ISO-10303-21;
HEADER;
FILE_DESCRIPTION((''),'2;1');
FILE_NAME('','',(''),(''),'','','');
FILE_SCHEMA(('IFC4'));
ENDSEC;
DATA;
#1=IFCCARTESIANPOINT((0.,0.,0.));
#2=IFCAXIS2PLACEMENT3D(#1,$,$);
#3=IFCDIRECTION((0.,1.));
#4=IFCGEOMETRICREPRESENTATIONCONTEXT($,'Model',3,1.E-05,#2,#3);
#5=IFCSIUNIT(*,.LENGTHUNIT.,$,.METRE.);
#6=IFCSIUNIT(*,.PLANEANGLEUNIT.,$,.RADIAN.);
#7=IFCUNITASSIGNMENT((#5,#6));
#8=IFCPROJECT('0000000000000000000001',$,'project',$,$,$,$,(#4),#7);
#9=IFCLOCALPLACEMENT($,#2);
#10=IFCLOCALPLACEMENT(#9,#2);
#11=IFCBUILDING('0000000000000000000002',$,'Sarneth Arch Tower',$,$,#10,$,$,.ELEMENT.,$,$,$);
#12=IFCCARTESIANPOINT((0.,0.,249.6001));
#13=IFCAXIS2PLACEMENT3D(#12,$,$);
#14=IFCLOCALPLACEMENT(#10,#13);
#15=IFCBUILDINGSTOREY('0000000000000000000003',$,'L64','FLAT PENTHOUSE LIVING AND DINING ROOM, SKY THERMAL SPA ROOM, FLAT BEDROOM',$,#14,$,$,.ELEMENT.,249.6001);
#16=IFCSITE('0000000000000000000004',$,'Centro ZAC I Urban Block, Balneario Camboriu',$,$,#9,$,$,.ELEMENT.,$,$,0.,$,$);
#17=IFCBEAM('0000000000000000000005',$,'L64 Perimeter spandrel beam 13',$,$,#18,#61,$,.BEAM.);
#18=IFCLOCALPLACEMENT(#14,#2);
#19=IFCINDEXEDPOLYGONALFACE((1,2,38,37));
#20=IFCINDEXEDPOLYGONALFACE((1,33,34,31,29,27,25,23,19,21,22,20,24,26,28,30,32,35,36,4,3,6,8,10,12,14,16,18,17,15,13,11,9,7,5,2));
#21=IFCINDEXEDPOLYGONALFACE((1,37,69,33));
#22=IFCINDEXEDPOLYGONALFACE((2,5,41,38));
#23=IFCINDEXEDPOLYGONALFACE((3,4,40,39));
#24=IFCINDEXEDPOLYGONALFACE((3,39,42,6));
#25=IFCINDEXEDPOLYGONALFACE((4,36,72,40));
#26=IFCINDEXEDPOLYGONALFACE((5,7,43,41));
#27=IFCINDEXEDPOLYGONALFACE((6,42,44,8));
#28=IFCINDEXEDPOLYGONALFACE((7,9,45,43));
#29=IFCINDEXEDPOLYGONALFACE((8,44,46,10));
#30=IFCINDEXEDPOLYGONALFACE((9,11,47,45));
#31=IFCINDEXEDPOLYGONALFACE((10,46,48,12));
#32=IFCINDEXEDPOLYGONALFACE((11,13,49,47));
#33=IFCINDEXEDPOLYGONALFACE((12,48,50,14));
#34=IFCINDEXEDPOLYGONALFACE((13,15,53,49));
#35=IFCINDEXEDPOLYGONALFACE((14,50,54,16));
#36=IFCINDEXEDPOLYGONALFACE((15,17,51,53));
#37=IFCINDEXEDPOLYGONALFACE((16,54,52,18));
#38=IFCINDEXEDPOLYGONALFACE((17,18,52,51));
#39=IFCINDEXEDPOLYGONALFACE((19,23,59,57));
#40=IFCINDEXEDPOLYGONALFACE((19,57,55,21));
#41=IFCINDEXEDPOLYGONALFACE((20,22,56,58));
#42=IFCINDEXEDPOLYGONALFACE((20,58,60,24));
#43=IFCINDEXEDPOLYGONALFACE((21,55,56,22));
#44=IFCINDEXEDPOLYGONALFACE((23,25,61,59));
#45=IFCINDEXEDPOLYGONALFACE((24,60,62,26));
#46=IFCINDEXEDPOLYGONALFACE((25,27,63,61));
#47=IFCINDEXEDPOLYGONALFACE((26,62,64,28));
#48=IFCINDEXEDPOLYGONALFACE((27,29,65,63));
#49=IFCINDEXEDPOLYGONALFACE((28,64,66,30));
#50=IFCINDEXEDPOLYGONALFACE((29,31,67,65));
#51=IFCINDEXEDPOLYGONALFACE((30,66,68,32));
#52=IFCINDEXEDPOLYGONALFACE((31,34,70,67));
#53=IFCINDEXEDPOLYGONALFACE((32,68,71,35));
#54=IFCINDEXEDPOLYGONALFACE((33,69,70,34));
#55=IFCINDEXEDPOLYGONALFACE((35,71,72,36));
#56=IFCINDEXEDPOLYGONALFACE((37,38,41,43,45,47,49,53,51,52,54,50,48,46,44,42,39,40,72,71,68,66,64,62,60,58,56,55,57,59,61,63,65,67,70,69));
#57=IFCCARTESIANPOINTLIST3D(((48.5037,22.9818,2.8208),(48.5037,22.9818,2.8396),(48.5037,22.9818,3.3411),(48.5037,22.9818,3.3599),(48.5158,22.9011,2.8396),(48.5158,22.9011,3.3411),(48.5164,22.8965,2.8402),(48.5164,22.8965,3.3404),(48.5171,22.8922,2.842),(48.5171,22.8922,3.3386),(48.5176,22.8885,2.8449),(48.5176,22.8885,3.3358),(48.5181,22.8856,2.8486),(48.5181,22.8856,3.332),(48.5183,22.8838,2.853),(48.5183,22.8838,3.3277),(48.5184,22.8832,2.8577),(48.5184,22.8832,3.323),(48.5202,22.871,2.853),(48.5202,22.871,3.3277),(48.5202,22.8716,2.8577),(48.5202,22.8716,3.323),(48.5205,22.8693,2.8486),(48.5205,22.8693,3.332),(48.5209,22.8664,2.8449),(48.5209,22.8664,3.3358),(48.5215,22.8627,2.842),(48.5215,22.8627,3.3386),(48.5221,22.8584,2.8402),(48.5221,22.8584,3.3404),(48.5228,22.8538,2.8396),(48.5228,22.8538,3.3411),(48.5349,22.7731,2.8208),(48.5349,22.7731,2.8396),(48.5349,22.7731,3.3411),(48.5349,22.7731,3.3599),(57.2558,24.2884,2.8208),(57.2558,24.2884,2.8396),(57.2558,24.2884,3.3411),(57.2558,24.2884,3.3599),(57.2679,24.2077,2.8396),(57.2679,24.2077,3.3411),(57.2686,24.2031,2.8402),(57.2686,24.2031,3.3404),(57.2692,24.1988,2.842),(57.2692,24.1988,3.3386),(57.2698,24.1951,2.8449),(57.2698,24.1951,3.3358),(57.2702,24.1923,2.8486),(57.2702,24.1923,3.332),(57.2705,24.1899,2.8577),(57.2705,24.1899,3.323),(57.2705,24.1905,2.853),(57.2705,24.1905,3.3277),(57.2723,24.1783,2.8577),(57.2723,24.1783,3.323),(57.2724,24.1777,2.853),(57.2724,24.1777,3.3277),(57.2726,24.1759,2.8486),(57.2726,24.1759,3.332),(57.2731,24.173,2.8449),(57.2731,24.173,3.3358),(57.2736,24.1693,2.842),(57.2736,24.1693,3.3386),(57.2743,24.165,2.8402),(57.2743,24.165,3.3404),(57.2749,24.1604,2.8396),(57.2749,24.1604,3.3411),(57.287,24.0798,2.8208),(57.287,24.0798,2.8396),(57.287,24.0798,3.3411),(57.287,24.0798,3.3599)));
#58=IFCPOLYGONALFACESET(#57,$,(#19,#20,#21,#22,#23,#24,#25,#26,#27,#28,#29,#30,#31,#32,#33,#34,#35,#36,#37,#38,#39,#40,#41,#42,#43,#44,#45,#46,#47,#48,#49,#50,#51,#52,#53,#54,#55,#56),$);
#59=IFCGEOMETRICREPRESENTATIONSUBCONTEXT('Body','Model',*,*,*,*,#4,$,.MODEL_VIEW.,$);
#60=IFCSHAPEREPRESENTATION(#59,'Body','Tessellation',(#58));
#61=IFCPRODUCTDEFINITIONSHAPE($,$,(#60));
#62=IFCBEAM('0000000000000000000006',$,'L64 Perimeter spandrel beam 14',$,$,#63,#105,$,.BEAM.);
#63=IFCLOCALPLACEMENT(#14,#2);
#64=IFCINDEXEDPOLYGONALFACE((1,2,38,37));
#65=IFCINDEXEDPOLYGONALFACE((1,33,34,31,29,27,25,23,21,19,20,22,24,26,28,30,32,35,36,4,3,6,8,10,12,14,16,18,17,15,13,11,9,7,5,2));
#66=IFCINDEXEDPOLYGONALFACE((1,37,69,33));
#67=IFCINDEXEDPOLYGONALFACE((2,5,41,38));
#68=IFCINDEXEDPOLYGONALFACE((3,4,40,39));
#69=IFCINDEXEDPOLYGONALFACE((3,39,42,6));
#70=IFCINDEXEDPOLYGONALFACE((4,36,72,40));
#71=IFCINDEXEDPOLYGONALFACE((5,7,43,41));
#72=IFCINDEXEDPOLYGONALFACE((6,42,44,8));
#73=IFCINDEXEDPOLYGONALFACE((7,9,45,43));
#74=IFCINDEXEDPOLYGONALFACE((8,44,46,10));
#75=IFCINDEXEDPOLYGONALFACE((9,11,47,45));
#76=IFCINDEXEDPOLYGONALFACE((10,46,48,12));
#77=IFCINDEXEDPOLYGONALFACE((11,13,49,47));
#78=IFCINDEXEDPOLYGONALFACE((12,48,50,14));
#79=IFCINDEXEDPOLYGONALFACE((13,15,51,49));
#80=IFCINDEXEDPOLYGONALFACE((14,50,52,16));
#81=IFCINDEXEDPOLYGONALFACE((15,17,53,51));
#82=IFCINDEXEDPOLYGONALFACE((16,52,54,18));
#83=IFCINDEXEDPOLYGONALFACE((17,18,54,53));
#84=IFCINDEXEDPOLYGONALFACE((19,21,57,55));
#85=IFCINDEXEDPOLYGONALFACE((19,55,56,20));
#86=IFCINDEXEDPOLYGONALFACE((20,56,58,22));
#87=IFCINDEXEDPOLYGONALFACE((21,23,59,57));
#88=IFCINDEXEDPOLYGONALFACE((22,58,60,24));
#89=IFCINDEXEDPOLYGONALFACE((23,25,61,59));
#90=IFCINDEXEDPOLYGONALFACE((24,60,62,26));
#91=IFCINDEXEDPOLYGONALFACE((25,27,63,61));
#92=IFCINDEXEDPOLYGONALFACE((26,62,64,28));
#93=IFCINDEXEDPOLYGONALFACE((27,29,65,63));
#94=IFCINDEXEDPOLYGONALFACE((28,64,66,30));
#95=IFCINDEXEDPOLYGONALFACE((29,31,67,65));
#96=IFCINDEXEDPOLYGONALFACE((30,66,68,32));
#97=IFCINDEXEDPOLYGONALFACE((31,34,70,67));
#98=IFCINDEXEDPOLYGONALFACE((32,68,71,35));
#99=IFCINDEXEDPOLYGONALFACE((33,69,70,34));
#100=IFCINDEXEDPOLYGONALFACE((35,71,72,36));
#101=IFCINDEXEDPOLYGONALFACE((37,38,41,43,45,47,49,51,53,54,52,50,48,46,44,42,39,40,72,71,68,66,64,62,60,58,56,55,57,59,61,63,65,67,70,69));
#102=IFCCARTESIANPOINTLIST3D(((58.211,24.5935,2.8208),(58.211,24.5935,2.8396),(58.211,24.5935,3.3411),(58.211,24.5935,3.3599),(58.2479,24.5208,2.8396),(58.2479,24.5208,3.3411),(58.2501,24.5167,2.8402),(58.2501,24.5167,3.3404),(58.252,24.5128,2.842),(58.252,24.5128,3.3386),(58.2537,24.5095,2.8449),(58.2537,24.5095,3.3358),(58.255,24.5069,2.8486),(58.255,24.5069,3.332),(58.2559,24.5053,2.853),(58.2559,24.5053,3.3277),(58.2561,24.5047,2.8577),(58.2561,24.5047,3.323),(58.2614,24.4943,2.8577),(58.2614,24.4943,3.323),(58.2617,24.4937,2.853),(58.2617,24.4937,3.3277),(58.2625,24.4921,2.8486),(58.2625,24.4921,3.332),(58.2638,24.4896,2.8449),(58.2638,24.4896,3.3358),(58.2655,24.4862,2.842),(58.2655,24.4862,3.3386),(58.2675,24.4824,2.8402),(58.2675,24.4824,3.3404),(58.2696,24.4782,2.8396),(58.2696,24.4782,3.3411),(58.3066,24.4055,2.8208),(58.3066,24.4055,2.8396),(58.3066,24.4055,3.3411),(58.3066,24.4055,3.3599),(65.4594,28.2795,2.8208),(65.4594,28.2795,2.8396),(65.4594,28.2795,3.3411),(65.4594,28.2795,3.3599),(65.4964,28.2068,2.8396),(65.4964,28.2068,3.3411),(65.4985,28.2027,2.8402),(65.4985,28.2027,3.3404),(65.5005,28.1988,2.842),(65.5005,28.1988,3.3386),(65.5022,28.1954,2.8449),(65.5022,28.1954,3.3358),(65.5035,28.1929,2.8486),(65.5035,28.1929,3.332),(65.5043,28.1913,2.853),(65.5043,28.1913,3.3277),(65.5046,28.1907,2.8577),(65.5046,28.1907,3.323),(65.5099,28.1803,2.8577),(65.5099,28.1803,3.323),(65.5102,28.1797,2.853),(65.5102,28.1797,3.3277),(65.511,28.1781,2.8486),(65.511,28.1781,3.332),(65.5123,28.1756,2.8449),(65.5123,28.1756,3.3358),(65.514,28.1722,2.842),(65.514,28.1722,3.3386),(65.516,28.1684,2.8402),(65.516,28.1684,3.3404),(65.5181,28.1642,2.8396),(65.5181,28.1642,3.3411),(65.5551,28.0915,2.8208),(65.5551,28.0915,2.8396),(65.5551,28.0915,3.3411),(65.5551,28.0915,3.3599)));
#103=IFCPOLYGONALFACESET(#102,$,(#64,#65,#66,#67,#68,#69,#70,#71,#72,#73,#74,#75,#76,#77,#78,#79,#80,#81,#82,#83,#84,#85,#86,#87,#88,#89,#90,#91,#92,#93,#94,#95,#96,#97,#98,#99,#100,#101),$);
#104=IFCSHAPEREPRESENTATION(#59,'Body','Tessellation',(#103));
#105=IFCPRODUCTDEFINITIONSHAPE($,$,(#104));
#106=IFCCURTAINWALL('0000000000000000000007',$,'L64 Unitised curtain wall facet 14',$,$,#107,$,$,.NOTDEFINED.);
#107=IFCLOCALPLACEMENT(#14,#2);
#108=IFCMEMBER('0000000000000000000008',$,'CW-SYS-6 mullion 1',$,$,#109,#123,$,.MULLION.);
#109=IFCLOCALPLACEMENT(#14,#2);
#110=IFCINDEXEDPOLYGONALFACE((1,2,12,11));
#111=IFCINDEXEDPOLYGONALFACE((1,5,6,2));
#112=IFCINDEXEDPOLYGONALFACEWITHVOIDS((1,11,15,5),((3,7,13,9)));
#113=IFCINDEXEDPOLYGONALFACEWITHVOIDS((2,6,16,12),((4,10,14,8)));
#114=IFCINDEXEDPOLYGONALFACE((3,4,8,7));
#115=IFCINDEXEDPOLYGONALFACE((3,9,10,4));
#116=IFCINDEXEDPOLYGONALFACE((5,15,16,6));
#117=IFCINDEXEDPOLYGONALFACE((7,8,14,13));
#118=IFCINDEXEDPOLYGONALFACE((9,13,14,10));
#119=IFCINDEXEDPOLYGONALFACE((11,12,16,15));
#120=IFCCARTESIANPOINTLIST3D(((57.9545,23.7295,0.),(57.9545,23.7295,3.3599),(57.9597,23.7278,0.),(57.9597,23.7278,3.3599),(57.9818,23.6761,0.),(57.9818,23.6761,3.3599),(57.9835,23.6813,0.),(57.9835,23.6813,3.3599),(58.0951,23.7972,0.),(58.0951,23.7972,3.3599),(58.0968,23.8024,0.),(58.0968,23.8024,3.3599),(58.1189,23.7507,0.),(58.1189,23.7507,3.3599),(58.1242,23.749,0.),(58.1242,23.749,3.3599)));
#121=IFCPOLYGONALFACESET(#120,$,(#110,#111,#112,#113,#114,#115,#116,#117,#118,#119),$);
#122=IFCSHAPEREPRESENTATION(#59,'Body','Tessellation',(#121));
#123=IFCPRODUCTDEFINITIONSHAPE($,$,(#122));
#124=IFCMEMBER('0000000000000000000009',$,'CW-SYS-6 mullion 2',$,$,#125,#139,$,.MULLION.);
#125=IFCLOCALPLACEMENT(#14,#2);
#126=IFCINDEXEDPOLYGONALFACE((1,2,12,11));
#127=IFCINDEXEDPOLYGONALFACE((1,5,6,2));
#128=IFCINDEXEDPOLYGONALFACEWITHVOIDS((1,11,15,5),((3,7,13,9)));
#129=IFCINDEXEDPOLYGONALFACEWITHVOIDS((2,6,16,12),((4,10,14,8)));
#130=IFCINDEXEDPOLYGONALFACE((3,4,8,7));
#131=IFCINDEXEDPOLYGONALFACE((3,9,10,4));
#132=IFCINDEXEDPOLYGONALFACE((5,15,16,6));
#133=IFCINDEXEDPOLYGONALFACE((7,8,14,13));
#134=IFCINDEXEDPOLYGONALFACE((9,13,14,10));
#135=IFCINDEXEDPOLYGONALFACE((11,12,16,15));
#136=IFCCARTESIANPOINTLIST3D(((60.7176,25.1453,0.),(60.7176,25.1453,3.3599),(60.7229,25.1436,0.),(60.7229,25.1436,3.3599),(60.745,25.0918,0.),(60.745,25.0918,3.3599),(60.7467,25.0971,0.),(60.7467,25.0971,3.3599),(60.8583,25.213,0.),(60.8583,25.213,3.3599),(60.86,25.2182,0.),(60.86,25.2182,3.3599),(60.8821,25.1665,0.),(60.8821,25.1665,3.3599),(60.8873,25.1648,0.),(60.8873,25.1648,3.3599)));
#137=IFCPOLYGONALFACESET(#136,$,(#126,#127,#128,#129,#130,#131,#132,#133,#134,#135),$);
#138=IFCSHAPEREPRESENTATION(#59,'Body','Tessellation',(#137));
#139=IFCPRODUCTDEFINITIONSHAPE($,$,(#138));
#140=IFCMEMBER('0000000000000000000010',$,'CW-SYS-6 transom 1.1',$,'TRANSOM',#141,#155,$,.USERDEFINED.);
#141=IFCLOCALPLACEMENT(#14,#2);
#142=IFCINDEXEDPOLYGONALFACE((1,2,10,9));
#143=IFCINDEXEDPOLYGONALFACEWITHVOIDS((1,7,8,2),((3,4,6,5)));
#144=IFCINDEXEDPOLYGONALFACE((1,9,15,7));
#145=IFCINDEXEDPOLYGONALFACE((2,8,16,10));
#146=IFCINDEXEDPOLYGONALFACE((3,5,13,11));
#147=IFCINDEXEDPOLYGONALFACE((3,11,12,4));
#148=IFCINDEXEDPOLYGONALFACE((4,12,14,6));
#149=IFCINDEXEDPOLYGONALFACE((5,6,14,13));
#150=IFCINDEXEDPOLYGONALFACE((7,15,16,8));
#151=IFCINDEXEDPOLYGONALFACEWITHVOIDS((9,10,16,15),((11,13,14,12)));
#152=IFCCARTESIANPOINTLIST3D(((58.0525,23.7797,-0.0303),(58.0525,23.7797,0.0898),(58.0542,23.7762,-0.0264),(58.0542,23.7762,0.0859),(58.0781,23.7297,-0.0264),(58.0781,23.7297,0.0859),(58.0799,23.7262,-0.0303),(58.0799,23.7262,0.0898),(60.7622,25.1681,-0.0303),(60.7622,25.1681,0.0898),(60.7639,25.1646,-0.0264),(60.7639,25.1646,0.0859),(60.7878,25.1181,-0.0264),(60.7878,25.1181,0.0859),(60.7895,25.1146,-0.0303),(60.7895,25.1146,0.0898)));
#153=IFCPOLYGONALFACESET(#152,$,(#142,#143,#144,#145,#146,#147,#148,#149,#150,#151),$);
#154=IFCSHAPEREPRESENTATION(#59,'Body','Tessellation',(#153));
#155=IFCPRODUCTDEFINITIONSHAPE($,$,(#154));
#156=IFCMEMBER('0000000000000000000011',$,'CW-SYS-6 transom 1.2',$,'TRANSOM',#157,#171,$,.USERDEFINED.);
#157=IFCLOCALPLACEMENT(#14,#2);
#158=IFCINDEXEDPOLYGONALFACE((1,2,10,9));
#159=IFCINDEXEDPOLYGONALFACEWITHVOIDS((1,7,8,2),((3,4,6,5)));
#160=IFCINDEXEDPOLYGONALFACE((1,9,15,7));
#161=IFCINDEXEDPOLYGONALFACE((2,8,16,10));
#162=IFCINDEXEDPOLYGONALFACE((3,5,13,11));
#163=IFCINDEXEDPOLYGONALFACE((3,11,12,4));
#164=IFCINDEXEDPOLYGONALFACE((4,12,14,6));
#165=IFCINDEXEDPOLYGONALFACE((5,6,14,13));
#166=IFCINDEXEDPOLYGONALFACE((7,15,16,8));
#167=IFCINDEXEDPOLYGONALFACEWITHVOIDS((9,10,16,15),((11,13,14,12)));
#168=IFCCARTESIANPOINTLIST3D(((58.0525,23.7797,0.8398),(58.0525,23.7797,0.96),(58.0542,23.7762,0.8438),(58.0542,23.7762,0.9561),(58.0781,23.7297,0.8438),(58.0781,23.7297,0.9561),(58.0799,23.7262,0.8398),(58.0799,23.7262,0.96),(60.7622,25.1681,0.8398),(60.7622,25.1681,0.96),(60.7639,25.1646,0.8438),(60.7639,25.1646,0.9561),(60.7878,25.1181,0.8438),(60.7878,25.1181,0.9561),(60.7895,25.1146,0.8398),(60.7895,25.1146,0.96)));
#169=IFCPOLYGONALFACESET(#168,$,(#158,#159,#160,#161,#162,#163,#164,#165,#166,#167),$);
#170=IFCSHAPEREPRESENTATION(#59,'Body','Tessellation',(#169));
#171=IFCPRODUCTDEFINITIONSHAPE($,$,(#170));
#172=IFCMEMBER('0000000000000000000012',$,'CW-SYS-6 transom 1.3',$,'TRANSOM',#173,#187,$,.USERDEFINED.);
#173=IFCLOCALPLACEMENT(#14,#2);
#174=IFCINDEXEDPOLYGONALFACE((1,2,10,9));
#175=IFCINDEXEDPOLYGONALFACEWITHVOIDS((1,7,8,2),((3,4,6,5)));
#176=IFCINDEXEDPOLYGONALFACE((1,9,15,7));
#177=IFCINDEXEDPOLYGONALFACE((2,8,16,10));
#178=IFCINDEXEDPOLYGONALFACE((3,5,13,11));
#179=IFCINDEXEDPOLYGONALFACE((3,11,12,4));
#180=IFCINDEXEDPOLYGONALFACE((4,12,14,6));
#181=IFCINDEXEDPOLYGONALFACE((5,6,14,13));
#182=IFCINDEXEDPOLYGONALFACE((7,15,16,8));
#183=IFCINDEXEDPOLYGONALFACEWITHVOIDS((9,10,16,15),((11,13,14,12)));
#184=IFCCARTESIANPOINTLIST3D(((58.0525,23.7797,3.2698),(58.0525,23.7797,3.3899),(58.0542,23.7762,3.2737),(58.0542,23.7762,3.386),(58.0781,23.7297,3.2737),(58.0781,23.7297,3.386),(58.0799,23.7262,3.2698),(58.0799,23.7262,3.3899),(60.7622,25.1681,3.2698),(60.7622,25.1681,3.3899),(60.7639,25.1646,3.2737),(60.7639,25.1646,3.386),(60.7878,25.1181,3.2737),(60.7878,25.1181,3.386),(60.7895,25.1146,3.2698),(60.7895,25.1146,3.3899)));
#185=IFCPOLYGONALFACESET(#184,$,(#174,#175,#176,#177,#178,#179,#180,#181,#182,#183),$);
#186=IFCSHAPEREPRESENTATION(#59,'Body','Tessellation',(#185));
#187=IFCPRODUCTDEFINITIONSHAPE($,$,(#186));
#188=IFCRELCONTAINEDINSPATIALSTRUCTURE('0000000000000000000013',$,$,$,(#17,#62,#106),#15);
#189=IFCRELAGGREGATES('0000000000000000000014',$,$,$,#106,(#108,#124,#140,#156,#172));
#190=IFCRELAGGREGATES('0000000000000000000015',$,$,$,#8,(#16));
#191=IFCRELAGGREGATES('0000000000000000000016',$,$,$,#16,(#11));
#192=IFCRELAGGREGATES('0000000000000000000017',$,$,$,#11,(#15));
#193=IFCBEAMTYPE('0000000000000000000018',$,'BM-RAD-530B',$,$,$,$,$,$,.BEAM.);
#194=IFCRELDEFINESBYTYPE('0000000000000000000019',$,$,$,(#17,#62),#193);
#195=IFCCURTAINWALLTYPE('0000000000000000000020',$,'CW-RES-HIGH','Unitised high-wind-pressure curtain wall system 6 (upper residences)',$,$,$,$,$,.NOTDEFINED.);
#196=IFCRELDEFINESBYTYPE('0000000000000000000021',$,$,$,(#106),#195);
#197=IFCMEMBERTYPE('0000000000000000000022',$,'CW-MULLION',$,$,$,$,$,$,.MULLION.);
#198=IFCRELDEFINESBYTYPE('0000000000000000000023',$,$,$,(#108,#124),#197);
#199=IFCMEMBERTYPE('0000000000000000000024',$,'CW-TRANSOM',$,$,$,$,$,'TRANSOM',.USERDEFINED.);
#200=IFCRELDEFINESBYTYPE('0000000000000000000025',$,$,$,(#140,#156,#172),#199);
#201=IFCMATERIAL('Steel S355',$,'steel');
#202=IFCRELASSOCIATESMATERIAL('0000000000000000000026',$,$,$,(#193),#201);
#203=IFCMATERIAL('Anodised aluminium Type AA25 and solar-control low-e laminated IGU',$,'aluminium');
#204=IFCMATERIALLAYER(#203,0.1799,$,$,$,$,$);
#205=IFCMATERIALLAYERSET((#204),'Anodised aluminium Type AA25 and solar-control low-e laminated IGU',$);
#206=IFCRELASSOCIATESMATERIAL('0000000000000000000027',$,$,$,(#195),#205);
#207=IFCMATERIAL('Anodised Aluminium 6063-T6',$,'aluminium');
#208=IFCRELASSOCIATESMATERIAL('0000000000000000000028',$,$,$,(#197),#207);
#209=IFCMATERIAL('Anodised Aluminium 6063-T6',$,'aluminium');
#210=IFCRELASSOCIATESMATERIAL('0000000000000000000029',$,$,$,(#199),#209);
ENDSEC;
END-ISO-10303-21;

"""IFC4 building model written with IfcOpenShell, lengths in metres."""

from ifc_helpers import new_model, si_unit, direction, frame, origin, origin_2d, place, context, subcontext, project, spatial, hollow_rectangle, i_section, extrude, material, layer, layer_set, material_profile, profile_set, type_object, element, aggregate, save


model = new_model("IFC4")

# Units and contexts
model_context = context("Model", 3, precision=1e-05, world=origin(), true_north=direction((0.0, 1.0)))
body_context = subcontext(model_context, "Body", "Model", "MODEL_VIEW")
ifc_project = project(units=[si_unit("LENGTHUNIT", "METRE"), si_unit("PLANEANGLEUNIT", "RADIAN")], contexts=[model_context])

# Site, building, storey
site_placement = place(None, origin())
site = spatial("IfcSite", under=ifc_project, at=site_placement, Name="Centro ZAC I Urban Block, Balneario Camboriu", CompositionType="ELEMENT", RefElevation=0.0)
building_placement = place(site_placement, origin())
building = spatial("IfcBuilding", under=site, at=building_placement, Name="Sarneth Arch Tower", CompositionType="ELEMENT")
storey_placement = place(building_placement, frame((0.0, 0.0, 249.6001)))
storey = spatial("IfcBuildingStorey", under=building, at=storey_placement, Name="L64", Description="FLAT PENTHOUSE LIVING AND DINING ROOM, SKY THERMAL SPA ROOM, FLAT BEDROOM", CompositionType="ELEMENT", Elevation=249.6001)

# Beams
ifc_material_1 = material(Name="Steel S355", Category="steel")
ifc_material_profile_1 = material_profile(ifc_material_1, i_section(OverallWidth=0.2109, OverallDepth=0.5391, WebThickness=0.0117, FlangeThickness=0.0188, FilletRadius=0.0181, at=origin_2d()), Name="W530x109")
ifc_profile_set_1 = profile_set([ifc_material_profile_1], Name="Steel S355")
beam_type_1 = type_object("IfcBeamType", Name="BM-RAD-530B", PredefinedType="BEAM", material=ifc_profile_set_1)
beam_1_placement = place(storey_placement, frame((48.5193, 22.8774, 3.0903), z_axis=(0.989039, 0.147656, 0.0), x_axis=(-0.147656, 0.989039, 0.0)))
element("IfcBeam", 1, at=beam_1_placement, inside=storey, type_object=beam_type_1, Name="L64 Perimeter spandrel beam 13", PredefinedType="BEAM", context=body_context, shape_type="SweptSolid", body=[
    extrude(i_section(OverallWidth=0.2109, OverallDepth=0.5391, WebThickness=0.0117, FlangeThickness=0.0188, FilletRadius=0.0181, at=origin_2d()), origin(), (0.0, 0.0, 1.0), 8.8491),
])
beam_2_placement = place(storey_placement, frame((58.2588, 24.4995, 3.0903), z_axis=(0.891368, 0.45328, 0.0), x_axis=(-0.45328, 0.891368, 0.0)))
element("IfcBeam", 2, at=beam_2_placement, inside=storey, type_object=beam_type_1, Name="L64 Perimeter spandrel beam 14", PredefinedType="BEAM", context=body_context, shape_type="SweptSolid", body=[
    extrude(i_section(OverallWidth=0.2109, OverallDepth=0.5391, WebThickness=0.0117, FlangeThickness=0.0188, FilletRadius=0.0181, at=origin_2d()), origin(), (0.0, 0.0, 1.0), 8.1318),
])

# Curtain wall, members
ifc_material_2 = material(Name="Anodised aluminium Type AA25 and solar-control low-e laminated IGU", Category="aluminium")
ifc_layer_1 = layer(ifc_material_2, 0.1799)
ifc_layer_set_1 = layer_set([ifc_layer_1], Name="Anodised aluminium Type AA25 and solar-control low-e laminated IGU")
curtain_wall_type = type_object("IfcCurtainWallType", Name="CW-RES-HIGH", Description="Unitised high-wind-pressure curtain wall system 6 (upper residences)", PredefinedType="NOTDEFINED", material=ifc_layer_set_1)
curtain_wall_placement = place(storey_placement, origin())
curtain_wall = element("IfcCurtainWall", 3, at=curtain_wall_placement, inside=storey, type_object=curtain_wall_type, Name="L64 Unitised curtain wall facet 14", PredefinedType="NOTDEFINED")
ifc_material_3 = material(Name="Anodised Aluminium 6063-T6", Category="aluminium")
ifc_material_profile_2 = material_profile(ifc_material_3, hollow_rectangle(XDim=0.0601, YDim=0.1599, WallThickness=0.0039, at=origin_2d()), Name="AL-MULL-160x60x4")
ifc_profile_set_2 = profile_set([ifc_material_profile_2], Name="Anodised Aluminium 6063-T6")
member_type_1 = type_object("IfcMemberType", Name="CW-MULLION", PredefinedType="MULLION", material=ifc_profile_set_2)
member_1_placement = place(storey_placement, frame((58.0393, 23.7393, 0.0), z_axis=(0.0, 0.0, 1.0), x_axis=(-0.455942, 0.89001, 0.0)))
member_1 = element("IfcMember", 4, at=member_1_placement, type_object=member_type_1, Name="CW-SYS-6 mullion 1", PredefinedType="MULLION", context=body_context, shape_type="SweptSolid", body=[
    extrude(hollow_rectangle(XDim=0.0601, YDim=0.1599, WallThickness=0.0039, at=origin_2d()), origin(), (0.0, 0.0, 1.0), 3.3599),
])
member_2_placement = place(storey_placement, frame((60.8025, 25.155, 0.0), z_axis=(0.0, 0.0, 1.0), x_axis=(-0.455942, 0.89001, 0.0)))
member_2 = element("IfcMember", 5, at=member_2_placement, type_object=member_type_1, Name="CW-SYS-6 mullion 2", PredefinedType="MULLION", context=body_context, shape_type="SweptSolid", body=[
    extrude(hollow_rectangle(XDim=0.0601, YDim=0.1599, WallThickness=0.0039, at=origin_2d()), origin(), (0.0, 0.0, 1.0), 3.3599),
])
ifc_material_4 = material(Name="Anodised Aluminium 6063-T6", Category="aluminium")
ifc_material_profile_3 = material_profile(ifc_material_4, hollow_rectangle(XDim=0.0601, YDim=0.1201, WallThickness=0.0039, at=origin_2d()), Name="AL-TRAN-120x60x4")
ifc_profile_set_3 = profile_set([ifc_material_profile_3], Name="Anodised Aluminium 6063-T6")
member_type_2 = type_object("IfcMemberType", Name="CW-TRANSOM", ElementType="TRANSOM", PredefinedType="USERDEFINED", material=ifc_profile_set_3)
member_3_placement = place(storey_placement, frame((58.0662, 23.7529, 0.0298), z_axis=(0.889974, 0.456012, 0.0), x_axis=(-0.456012, 0.889974, 0.0)))
member_3 = element("IfcMember", 6, at=member_3_placement, type_object=member_type_2, Name="CW-SYS-6 transom 1.1", ObjectType="TRANSOM", PredefinedType="USERDEFINED", context=body_context, shape_type="SweptSolid", body=[
    extrude(hollow_rectangle(XDim=0.0601, YDim=0.1201, WallThickness=0.0039, at=origin_2d()), origin(), (0.0, 0.0, 1.0), 3.0447),
])
member_4_placement = place(storey_placement, frame((58.0662, 23.7529, 0.8999), z_axis=(0.889974, 0.456012, 0.0), x_axis=(-0.456012, 0.889974, 0.0)))
member_4 = element("IfcMember", 7, at=member_4_placement, type_object=member_type_2, Name="CW-SYS-6 transom 1.2", ObjectType="TRANSOM", PredefinedType="USERDEFINED", context=body_context, shape_type="SweptSolid", body=[
    extrude(hollow_rectangle(XDim=0.0601, YDim=0.1201, WallThickness=0.0039, at=origin_2d()), origin(), (0.0, 0.0, 1.0), 3.0447),
])
member_5_placement = place(storey_placement, frame((58.0662, 23.7529, 3.3298), z_axis=(0.889974, 0.456012, 0.0), x_axis=(-0.456012, 0.889974, 0.0)))
member_5 = element("IfcMember", 8, at=member_5_placement, type_object=member_type_2, Name="CW-SYS-6 transom 1.3", ObjectType="TRANSOM", PredefinedType="USERDEFINED", context=body_context, shape_type="SweptSolid", body=[
    extrude(hollow_rectangle(XDim=0.0601, YDim=0.1201, WallThickness=0.0039, at=origin_2d()), origin(), (0.0, 0.0, 1.0), 3.0447),
])
aggregate(curtain_wall, [member_1, member_2, member_3, member_4, member_5])

save(model, "model.ifc")
